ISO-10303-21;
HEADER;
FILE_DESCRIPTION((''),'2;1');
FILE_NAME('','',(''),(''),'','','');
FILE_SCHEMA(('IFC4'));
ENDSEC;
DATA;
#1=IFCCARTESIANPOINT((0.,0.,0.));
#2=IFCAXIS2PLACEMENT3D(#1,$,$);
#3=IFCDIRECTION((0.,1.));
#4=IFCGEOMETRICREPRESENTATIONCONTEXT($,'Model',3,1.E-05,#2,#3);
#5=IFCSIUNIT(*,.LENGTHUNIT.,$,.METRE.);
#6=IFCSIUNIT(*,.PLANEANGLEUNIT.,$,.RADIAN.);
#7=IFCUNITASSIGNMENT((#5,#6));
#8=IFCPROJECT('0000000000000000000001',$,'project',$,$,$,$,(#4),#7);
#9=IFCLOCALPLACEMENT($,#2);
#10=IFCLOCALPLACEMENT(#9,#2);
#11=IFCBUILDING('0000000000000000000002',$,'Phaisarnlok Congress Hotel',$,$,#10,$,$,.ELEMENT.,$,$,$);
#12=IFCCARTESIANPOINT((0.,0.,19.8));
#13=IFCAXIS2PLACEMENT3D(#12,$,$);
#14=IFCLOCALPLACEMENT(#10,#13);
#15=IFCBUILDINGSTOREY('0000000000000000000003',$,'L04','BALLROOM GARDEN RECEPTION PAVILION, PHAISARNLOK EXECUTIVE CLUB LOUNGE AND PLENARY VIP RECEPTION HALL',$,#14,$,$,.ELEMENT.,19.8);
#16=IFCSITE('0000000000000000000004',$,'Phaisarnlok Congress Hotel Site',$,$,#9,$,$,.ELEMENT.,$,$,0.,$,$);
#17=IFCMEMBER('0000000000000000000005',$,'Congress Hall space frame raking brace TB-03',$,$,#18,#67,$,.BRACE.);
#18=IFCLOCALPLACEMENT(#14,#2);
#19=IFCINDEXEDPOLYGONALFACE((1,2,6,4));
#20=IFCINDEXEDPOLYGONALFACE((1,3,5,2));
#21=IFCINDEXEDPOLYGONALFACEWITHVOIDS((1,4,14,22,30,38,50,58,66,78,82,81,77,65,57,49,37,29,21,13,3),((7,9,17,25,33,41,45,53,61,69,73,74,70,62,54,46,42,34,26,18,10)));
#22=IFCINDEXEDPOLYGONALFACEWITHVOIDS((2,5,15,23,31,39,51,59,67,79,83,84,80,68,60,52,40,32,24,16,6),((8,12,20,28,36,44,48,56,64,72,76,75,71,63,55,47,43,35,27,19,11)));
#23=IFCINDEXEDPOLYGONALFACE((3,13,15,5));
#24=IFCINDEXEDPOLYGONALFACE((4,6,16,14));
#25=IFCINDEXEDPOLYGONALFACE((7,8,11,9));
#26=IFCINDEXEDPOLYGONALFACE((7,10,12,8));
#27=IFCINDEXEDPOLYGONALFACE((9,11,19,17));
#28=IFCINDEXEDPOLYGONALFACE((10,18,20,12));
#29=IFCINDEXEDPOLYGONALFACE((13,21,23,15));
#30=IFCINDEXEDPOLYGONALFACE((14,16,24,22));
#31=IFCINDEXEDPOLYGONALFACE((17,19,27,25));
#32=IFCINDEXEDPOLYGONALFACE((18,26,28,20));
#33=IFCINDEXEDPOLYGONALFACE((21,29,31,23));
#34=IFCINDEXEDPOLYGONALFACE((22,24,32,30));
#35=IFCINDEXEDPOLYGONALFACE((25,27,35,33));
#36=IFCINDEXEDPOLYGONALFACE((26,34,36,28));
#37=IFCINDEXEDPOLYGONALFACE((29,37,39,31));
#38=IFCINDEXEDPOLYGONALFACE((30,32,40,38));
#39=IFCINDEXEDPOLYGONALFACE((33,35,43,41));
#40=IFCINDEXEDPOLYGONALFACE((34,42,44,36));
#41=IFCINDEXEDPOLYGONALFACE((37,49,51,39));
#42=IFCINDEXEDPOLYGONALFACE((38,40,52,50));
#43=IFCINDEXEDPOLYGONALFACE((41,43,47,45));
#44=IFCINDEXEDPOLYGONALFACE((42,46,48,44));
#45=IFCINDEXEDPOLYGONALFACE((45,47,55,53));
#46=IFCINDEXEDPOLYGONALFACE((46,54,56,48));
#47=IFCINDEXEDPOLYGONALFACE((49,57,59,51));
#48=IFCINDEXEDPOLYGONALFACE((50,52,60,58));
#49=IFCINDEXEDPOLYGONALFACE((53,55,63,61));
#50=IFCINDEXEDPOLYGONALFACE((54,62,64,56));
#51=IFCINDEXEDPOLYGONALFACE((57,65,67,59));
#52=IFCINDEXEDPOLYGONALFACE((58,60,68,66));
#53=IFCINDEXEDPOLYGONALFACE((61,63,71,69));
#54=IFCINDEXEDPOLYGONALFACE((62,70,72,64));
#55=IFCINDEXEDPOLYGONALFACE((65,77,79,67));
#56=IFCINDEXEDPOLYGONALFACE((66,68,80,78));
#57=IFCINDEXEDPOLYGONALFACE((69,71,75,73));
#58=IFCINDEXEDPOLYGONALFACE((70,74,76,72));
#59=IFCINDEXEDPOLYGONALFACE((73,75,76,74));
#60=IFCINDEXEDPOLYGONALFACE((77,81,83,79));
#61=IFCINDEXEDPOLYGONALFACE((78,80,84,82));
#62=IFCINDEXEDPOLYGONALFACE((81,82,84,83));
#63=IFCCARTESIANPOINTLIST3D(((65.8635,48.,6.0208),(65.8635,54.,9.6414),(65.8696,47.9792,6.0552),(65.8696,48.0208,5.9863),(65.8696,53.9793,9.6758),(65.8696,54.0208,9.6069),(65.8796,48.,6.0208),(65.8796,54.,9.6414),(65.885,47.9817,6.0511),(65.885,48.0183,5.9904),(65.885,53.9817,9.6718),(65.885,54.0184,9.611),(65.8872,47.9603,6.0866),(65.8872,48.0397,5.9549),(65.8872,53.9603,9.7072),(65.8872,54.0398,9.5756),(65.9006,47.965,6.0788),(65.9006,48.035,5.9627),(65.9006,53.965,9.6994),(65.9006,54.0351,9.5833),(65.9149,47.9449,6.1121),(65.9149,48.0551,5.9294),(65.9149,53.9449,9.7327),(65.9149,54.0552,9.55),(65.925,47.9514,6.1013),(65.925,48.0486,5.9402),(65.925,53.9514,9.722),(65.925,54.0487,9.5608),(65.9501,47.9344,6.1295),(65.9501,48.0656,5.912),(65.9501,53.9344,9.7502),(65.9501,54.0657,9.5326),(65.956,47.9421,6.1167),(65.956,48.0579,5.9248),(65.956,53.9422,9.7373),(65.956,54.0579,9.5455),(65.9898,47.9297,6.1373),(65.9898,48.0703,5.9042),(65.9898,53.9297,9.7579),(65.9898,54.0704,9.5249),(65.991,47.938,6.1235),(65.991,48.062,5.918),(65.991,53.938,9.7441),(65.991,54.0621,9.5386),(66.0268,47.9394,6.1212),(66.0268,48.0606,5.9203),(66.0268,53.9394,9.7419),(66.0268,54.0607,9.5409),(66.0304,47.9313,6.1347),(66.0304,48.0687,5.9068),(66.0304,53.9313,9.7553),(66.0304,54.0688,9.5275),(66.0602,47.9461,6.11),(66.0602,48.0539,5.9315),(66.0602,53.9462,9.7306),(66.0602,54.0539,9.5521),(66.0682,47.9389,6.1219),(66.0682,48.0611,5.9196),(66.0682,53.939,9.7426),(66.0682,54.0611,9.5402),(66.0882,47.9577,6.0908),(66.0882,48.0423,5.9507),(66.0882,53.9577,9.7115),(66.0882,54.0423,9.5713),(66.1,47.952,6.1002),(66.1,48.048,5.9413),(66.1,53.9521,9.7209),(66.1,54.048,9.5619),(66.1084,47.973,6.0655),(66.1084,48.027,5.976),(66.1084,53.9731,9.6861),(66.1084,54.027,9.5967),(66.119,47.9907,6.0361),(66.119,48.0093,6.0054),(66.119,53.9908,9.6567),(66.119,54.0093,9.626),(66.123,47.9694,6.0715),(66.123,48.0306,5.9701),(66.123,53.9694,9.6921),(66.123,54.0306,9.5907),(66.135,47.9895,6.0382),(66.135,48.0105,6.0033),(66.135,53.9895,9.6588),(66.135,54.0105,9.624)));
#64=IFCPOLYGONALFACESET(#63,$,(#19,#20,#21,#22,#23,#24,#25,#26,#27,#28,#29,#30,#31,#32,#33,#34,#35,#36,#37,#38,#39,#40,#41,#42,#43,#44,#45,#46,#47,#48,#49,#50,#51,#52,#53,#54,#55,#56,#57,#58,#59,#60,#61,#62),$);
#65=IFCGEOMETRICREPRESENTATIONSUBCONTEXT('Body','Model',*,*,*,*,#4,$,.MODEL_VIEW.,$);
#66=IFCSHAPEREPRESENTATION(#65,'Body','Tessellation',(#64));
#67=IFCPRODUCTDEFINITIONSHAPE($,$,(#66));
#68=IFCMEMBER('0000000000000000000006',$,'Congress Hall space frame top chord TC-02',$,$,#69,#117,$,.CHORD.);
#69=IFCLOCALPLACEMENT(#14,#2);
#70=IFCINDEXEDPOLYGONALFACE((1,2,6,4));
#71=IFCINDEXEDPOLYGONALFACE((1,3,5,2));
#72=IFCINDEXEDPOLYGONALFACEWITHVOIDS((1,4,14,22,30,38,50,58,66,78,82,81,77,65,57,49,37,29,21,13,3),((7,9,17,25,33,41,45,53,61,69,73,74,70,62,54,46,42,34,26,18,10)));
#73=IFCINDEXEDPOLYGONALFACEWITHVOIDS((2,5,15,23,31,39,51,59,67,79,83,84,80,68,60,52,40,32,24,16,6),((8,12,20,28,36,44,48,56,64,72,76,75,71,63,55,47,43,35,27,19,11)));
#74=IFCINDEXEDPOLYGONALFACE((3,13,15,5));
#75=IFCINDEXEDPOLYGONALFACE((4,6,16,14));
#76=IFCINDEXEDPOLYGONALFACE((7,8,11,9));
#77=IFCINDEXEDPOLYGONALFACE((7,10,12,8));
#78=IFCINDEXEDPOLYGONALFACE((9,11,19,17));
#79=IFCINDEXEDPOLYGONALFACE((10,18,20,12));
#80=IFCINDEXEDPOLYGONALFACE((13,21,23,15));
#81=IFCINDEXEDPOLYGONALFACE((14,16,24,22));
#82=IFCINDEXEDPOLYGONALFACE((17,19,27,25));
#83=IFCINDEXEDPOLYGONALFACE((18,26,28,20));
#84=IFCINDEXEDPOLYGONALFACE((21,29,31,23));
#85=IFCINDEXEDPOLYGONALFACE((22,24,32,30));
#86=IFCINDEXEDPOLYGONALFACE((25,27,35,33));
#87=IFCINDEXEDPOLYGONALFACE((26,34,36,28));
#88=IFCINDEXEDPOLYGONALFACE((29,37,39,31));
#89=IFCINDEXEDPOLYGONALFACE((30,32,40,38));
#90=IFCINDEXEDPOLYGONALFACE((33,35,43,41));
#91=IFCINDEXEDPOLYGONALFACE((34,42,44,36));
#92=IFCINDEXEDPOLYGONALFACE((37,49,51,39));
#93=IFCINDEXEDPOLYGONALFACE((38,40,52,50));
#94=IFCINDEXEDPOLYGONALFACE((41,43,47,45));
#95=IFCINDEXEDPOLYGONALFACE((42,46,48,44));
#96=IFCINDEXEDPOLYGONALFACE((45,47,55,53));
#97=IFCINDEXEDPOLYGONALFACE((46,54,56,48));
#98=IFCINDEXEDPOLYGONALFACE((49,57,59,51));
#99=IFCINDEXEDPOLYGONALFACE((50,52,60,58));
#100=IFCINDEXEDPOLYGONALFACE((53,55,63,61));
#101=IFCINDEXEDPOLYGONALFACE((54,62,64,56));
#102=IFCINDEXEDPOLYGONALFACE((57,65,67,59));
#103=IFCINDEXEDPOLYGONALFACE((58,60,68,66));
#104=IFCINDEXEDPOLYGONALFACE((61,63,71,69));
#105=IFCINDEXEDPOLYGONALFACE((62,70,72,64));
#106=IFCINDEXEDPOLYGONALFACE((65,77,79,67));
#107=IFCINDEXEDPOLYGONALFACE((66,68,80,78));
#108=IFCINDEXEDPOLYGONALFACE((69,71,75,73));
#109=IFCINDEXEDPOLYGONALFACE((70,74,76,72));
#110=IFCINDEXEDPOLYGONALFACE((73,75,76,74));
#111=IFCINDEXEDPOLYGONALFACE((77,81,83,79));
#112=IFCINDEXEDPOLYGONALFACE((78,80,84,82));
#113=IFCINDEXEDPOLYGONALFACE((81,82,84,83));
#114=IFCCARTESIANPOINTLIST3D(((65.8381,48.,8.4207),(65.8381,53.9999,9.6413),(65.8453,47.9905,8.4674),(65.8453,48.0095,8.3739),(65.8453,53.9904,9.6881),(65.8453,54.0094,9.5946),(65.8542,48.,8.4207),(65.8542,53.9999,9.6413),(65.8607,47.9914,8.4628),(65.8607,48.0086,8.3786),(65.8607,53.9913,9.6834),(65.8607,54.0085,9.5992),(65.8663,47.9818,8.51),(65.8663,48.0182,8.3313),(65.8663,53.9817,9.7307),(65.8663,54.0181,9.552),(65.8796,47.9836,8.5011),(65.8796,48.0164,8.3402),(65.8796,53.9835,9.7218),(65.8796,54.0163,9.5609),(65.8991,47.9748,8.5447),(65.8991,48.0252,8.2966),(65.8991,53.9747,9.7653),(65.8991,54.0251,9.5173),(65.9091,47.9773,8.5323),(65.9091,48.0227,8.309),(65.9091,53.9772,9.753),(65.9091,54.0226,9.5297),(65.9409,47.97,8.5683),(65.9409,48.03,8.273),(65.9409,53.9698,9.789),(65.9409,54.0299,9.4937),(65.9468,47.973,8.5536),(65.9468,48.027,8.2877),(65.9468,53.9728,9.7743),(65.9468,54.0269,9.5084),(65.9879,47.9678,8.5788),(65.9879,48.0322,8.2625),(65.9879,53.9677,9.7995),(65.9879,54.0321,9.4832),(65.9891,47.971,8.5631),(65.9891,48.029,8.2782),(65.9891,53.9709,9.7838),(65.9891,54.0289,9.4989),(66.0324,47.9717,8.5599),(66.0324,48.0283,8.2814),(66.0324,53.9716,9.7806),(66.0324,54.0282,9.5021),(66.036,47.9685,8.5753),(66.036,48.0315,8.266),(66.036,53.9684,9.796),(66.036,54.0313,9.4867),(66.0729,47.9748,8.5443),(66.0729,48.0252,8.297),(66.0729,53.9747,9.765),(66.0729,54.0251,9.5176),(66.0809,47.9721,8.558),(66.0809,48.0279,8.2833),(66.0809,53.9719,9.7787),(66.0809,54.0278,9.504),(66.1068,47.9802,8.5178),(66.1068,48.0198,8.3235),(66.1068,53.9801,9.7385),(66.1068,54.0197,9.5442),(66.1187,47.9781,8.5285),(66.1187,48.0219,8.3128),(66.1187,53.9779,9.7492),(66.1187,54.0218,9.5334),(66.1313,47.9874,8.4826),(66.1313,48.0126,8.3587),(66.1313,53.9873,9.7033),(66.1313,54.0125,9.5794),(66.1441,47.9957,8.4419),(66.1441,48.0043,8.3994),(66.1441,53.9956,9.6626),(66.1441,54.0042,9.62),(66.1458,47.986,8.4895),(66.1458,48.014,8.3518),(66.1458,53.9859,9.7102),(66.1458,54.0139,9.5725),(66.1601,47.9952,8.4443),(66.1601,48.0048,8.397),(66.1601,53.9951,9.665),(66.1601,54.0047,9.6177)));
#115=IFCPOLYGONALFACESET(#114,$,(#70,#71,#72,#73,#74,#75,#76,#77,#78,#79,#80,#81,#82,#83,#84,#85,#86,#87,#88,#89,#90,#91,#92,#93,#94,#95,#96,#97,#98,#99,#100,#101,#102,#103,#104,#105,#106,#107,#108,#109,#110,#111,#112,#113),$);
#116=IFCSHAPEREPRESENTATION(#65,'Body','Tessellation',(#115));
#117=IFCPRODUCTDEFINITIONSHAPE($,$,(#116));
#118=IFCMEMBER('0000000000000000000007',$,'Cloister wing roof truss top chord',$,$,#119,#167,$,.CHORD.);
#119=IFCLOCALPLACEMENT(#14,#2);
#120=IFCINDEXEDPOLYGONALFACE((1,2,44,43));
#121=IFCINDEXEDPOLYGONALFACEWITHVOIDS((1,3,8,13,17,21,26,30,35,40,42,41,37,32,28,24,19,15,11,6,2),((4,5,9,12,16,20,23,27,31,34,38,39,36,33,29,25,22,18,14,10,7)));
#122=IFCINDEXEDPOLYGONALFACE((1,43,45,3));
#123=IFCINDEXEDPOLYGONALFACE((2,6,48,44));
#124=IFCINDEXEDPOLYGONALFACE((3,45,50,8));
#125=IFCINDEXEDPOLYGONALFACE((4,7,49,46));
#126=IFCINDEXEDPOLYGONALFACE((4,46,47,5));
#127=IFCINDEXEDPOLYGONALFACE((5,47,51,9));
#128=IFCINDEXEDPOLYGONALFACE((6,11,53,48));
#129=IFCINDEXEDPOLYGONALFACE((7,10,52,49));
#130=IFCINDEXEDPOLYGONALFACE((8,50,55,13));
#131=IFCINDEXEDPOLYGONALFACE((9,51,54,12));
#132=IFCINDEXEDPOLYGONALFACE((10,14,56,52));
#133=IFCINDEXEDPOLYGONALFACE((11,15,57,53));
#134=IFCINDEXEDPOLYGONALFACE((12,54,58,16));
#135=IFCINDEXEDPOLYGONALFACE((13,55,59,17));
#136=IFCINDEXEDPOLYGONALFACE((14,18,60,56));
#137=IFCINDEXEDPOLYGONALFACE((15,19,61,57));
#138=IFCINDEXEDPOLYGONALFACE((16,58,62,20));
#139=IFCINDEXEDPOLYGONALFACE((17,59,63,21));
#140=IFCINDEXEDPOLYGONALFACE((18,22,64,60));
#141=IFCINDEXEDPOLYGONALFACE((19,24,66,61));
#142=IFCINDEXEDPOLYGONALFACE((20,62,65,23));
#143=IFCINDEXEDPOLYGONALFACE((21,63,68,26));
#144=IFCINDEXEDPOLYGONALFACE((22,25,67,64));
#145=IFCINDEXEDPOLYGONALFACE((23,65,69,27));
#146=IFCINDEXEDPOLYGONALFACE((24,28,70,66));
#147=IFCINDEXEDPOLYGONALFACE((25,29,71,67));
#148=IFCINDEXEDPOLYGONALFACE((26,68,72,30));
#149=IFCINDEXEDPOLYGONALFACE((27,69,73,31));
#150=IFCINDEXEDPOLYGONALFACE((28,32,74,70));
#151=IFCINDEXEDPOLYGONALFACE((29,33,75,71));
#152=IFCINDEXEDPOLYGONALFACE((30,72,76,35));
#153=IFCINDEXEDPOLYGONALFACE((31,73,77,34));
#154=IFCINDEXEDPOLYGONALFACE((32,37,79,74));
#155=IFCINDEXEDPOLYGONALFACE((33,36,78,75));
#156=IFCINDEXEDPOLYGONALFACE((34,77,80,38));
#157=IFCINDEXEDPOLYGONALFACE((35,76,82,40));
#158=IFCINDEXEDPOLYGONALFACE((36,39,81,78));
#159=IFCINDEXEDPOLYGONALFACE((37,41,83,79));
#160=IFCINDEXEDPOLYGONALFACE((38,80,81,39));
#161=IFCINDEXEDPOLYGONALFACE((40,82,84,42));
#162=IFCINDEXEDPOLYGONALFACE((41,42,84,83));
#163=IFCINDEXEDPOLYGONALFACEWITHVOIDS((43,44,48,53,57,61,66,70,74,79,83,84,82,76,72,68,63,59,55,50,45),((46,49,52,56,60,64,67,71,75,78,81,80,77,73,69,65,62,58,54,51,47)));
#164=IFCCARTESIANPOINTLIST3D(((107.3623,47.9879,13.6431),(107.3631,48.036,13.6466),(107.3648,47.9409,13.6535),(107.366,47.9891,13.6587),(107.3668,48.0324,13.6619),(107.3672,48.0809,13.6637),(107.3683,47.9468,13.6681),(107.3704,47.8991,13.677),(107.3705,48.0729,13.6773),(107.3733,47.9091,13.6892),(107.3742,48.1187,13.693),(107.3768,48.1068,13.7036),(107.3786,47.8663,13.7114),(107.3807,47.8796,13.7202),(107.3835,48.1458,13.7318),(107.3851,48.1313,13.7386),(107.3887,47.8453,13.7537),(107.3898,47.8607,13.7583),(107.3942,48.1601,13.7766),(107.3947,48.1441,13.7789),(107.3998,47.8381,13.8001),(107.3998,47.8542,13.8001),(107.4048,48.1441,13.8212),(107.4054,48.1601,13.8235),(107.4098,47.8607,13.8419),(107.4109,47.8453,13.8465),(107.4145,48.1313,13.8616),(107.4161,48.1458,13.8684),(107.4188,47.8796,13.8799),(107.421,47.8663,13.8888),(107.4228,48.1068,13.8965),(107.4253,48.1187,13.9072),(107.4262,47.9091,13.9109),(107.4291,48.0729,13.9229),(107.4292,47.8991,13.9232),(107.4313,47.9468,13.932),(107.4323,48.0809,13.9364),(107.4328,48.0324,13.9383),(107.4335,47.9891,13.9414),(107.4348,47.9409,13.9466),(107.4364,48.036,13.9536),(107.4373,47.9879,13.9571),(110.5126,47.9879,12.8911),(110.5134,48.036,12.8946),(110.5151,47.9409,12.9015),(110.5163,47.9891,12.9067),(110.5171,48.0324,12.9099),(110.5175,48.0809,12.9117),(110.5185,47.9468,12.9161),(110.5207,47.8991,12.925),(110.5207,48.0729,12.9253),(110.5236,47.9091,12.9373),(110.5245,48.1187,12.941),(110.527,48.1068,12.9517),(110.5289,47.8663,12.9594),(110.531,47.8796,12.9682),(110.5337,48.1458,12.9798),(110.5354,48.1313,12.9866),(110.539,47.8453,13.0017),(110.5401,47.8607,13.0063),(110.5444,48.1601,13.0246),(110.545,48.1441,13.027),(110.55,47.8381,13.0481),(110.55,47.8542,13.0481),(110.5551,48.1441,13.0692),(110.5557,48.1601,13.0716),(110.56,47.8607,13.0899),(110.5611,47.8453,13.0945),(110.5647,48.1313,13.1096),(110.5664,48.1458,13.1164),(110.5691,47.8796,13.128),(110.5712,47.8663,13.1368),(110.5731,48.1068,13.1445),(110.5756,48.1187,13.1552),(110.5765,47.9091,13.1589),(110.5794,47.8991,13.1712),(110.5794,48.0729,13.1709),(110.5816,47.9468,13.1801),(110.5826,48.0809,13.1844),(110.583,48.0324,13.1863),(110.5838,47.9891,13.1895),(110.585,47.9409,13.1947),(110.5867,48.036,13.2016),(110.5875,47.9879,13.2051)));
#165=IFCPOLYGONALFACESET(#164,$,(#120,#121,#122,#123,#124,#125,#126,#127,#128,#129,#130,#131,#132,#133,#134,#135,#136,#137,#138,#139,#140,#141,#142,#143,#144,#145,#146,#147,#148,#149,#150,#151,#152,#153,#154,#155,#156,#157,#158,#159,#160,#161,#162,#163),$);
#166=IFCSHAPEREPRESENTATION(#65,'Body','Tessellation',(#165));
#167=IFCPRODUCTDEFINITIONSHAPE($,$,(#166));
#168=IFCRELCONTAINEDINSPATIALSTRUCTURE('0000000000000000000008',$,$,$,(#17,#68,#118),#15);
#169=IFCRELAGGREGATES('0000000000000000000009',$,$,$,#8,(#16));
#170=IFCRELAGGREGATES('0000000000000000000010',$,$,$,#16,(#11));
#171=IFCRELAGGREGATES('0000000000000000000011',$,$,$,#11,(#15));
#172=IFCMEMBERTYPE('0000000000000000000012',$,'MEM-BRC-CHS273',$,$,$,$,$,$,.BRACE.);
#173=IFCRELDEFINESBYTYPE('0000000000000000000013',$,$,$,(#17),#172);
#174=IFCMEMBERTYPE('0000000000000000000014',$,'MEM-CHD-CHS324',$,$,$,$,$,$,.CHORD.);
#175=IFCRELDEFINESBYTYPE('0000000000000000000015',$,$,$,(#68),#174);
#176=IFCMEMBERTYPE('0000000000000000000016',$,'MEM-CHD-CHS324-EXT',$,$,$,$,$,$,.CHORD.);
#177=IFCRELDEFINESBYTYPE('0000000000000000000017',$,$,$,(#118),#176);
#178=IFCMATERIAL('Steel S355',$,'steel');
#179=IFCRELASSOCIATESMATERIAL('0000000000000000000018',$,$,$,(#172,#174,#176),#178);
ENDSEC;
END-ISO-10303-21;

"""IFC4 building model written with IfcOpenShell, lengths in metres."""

from ifc_helpers import new_model, si_unit, direction, frame, origin, origin_2d, place, context, subcontext, project, spatial, hollow_circle, extrude, material, material_profile, profile_set, type_object, element, save


model = new_model("IFC4")

# Units and contexts
model_context = context("Model", 3, precision=1e-05, world=origin(), true_north=direction((0.0, 1.0)))
body_context = subcontext(model_context, "Body", "Model", "MODEL_VIEW")
ifc_project = project(units=[si_unit("LENGTHUNIT", "METRE"), si_unit("PLANEANGLEUNIT", "RADIAN")], contexts=[model_context])

# Site, building, storey
site_placement = place(None, origin())
site = spatial("IfcSite", under=ifc_project, at=site_placement, Name="Phaisarnlok Congress Hotel Site", CompositionType="ELEMENT", RefElevation=0.0)
building_placement = place(site_placement, origin())
building = spatial("IfcBuilding", under=site, at=building_placement, Name="Phaisarnlok Congress Hotel", CompositionType="ELEMENT")
storey_placement = place(building_placement, frame((0.0, 0.0, 19.8)))
storey = spatial("IfcBuildingStorey", under=building, at=storey_placement, Name="L04", Description="BALLROOM GARDEN RECEPTION PAVILION, PHAISARNLOK EXECUTIVE CLUB LOUNGE AND PLENARY VIP RECEPTION HALL", CompositionType="ELEMENT", Elevation=19.8)

# Shared definitions
ifc_material_1 = material(Name="Steel S355", Category="steel")

# Members
ifc_material_profile_1 = material_profile(ifc_material_1, hollow_circle(Radius=0.1365, WallThickness=0.0161, at=origin_2d()), Name="CHS 273x16")
ifc_profile_set_1 = profile_set([ifc_material_profile_1], Name="Steel S355")
member_type_1 = type_object("IfcMemberType", Name="MEM-BRC-CHS273", PredefinedType="BRACE", material=ifc_profile_set_1)
member_1_placement = place(storey_placement, frame((66.0, 48.0, 6.0208), z_axis=(0.0, 0.856193, 0.516656), x_axis=(-1.0, 0.0, 0.0)))
element("IfcMember", 1, at=member_1_placement, inside=storey, type_object=member_type_1, Name="Congress Hall space frame raking brace TB-03", PredefinedType="BRACE", context=body_context, shape_type="SweptSolid", body=[
    extrude(hollow_circle(Radius=0.1365, WallThickness=0.0161, at=origin_2d()), origin(), (0.0, 0.0, 1.0), 7.0078),
])
ifc_material_profile_2 = material_profile(ifc_material_1, hollow_circle(Radius=0.1619, WallThickness=0.0161, at=origin_2d()), Name="CHS 323.9x16")
ifc_profile_set_2 = profile_set([ifc_material_profile_2], Name="Steel S355")
member_type_2 = type_object("IfcMemberType", Name="MEM-CHD-CHS324", PredefinedType="CHORD", material=ifc_profile_set_2)
member_2_placement = place(storey_placement, frame((66.0, 48.0, 8.4207), z_axis=(0.0, 0.979925, 0.199366), x_axis=(-1.0, 0.0, 0.0)))
element("IfcMember", 2, at=member_2_placement, inside=storey, type_object=member_type_2, Name="Congress Hall space frame top chord TC-02", PredefinedType="CHORD", context=body_context, shape_type="SweptSolid", body=[
    extrude(hollow_circle(Radius=0.1619, WallThickness=0.0161, at=origin_2d()), origin(), (0.0, 0.0, 1.0), 6.1228),
])
ifc_material_profile_3 = material_profile(ifc_material_1, hollow_circle(Radius=0.1619, WallThickness=0.0161, at=origin_2d()), Name="CHS 323.9x16")
ifc_profile_set_3 = profile_set([ifc_material_profile_3], Name="Steel S355")
member_type_3 = type_object("IfcMemberType", Name="MEM-CHD-CHS324-EXT", PredefinedType="CHORD", material=ifc_profile_set_3)
member_3_placement = place(storey_placement, frame((110.55, 48.0, 13.0481), z_axis=(-0.972673, 0.0, 0.232181), x_axis=(0.0, -1.0, 0.0)))
element("IfcMember", 3, at=member_3_placement, inside=storey, type_object=member_type_3, Name="Cloister wing roof truss top chord", PredefinedType="CHORD", context=body_context, shape_type="SweptSolid", body=[
    extrude(hollow_circle(Radius=0.1619, WallThickness=0.0161, at=origin_2d()), origin(), (0.0, 0.0, 1.0), 3.2388),
])

save(model, "model.ifc")
